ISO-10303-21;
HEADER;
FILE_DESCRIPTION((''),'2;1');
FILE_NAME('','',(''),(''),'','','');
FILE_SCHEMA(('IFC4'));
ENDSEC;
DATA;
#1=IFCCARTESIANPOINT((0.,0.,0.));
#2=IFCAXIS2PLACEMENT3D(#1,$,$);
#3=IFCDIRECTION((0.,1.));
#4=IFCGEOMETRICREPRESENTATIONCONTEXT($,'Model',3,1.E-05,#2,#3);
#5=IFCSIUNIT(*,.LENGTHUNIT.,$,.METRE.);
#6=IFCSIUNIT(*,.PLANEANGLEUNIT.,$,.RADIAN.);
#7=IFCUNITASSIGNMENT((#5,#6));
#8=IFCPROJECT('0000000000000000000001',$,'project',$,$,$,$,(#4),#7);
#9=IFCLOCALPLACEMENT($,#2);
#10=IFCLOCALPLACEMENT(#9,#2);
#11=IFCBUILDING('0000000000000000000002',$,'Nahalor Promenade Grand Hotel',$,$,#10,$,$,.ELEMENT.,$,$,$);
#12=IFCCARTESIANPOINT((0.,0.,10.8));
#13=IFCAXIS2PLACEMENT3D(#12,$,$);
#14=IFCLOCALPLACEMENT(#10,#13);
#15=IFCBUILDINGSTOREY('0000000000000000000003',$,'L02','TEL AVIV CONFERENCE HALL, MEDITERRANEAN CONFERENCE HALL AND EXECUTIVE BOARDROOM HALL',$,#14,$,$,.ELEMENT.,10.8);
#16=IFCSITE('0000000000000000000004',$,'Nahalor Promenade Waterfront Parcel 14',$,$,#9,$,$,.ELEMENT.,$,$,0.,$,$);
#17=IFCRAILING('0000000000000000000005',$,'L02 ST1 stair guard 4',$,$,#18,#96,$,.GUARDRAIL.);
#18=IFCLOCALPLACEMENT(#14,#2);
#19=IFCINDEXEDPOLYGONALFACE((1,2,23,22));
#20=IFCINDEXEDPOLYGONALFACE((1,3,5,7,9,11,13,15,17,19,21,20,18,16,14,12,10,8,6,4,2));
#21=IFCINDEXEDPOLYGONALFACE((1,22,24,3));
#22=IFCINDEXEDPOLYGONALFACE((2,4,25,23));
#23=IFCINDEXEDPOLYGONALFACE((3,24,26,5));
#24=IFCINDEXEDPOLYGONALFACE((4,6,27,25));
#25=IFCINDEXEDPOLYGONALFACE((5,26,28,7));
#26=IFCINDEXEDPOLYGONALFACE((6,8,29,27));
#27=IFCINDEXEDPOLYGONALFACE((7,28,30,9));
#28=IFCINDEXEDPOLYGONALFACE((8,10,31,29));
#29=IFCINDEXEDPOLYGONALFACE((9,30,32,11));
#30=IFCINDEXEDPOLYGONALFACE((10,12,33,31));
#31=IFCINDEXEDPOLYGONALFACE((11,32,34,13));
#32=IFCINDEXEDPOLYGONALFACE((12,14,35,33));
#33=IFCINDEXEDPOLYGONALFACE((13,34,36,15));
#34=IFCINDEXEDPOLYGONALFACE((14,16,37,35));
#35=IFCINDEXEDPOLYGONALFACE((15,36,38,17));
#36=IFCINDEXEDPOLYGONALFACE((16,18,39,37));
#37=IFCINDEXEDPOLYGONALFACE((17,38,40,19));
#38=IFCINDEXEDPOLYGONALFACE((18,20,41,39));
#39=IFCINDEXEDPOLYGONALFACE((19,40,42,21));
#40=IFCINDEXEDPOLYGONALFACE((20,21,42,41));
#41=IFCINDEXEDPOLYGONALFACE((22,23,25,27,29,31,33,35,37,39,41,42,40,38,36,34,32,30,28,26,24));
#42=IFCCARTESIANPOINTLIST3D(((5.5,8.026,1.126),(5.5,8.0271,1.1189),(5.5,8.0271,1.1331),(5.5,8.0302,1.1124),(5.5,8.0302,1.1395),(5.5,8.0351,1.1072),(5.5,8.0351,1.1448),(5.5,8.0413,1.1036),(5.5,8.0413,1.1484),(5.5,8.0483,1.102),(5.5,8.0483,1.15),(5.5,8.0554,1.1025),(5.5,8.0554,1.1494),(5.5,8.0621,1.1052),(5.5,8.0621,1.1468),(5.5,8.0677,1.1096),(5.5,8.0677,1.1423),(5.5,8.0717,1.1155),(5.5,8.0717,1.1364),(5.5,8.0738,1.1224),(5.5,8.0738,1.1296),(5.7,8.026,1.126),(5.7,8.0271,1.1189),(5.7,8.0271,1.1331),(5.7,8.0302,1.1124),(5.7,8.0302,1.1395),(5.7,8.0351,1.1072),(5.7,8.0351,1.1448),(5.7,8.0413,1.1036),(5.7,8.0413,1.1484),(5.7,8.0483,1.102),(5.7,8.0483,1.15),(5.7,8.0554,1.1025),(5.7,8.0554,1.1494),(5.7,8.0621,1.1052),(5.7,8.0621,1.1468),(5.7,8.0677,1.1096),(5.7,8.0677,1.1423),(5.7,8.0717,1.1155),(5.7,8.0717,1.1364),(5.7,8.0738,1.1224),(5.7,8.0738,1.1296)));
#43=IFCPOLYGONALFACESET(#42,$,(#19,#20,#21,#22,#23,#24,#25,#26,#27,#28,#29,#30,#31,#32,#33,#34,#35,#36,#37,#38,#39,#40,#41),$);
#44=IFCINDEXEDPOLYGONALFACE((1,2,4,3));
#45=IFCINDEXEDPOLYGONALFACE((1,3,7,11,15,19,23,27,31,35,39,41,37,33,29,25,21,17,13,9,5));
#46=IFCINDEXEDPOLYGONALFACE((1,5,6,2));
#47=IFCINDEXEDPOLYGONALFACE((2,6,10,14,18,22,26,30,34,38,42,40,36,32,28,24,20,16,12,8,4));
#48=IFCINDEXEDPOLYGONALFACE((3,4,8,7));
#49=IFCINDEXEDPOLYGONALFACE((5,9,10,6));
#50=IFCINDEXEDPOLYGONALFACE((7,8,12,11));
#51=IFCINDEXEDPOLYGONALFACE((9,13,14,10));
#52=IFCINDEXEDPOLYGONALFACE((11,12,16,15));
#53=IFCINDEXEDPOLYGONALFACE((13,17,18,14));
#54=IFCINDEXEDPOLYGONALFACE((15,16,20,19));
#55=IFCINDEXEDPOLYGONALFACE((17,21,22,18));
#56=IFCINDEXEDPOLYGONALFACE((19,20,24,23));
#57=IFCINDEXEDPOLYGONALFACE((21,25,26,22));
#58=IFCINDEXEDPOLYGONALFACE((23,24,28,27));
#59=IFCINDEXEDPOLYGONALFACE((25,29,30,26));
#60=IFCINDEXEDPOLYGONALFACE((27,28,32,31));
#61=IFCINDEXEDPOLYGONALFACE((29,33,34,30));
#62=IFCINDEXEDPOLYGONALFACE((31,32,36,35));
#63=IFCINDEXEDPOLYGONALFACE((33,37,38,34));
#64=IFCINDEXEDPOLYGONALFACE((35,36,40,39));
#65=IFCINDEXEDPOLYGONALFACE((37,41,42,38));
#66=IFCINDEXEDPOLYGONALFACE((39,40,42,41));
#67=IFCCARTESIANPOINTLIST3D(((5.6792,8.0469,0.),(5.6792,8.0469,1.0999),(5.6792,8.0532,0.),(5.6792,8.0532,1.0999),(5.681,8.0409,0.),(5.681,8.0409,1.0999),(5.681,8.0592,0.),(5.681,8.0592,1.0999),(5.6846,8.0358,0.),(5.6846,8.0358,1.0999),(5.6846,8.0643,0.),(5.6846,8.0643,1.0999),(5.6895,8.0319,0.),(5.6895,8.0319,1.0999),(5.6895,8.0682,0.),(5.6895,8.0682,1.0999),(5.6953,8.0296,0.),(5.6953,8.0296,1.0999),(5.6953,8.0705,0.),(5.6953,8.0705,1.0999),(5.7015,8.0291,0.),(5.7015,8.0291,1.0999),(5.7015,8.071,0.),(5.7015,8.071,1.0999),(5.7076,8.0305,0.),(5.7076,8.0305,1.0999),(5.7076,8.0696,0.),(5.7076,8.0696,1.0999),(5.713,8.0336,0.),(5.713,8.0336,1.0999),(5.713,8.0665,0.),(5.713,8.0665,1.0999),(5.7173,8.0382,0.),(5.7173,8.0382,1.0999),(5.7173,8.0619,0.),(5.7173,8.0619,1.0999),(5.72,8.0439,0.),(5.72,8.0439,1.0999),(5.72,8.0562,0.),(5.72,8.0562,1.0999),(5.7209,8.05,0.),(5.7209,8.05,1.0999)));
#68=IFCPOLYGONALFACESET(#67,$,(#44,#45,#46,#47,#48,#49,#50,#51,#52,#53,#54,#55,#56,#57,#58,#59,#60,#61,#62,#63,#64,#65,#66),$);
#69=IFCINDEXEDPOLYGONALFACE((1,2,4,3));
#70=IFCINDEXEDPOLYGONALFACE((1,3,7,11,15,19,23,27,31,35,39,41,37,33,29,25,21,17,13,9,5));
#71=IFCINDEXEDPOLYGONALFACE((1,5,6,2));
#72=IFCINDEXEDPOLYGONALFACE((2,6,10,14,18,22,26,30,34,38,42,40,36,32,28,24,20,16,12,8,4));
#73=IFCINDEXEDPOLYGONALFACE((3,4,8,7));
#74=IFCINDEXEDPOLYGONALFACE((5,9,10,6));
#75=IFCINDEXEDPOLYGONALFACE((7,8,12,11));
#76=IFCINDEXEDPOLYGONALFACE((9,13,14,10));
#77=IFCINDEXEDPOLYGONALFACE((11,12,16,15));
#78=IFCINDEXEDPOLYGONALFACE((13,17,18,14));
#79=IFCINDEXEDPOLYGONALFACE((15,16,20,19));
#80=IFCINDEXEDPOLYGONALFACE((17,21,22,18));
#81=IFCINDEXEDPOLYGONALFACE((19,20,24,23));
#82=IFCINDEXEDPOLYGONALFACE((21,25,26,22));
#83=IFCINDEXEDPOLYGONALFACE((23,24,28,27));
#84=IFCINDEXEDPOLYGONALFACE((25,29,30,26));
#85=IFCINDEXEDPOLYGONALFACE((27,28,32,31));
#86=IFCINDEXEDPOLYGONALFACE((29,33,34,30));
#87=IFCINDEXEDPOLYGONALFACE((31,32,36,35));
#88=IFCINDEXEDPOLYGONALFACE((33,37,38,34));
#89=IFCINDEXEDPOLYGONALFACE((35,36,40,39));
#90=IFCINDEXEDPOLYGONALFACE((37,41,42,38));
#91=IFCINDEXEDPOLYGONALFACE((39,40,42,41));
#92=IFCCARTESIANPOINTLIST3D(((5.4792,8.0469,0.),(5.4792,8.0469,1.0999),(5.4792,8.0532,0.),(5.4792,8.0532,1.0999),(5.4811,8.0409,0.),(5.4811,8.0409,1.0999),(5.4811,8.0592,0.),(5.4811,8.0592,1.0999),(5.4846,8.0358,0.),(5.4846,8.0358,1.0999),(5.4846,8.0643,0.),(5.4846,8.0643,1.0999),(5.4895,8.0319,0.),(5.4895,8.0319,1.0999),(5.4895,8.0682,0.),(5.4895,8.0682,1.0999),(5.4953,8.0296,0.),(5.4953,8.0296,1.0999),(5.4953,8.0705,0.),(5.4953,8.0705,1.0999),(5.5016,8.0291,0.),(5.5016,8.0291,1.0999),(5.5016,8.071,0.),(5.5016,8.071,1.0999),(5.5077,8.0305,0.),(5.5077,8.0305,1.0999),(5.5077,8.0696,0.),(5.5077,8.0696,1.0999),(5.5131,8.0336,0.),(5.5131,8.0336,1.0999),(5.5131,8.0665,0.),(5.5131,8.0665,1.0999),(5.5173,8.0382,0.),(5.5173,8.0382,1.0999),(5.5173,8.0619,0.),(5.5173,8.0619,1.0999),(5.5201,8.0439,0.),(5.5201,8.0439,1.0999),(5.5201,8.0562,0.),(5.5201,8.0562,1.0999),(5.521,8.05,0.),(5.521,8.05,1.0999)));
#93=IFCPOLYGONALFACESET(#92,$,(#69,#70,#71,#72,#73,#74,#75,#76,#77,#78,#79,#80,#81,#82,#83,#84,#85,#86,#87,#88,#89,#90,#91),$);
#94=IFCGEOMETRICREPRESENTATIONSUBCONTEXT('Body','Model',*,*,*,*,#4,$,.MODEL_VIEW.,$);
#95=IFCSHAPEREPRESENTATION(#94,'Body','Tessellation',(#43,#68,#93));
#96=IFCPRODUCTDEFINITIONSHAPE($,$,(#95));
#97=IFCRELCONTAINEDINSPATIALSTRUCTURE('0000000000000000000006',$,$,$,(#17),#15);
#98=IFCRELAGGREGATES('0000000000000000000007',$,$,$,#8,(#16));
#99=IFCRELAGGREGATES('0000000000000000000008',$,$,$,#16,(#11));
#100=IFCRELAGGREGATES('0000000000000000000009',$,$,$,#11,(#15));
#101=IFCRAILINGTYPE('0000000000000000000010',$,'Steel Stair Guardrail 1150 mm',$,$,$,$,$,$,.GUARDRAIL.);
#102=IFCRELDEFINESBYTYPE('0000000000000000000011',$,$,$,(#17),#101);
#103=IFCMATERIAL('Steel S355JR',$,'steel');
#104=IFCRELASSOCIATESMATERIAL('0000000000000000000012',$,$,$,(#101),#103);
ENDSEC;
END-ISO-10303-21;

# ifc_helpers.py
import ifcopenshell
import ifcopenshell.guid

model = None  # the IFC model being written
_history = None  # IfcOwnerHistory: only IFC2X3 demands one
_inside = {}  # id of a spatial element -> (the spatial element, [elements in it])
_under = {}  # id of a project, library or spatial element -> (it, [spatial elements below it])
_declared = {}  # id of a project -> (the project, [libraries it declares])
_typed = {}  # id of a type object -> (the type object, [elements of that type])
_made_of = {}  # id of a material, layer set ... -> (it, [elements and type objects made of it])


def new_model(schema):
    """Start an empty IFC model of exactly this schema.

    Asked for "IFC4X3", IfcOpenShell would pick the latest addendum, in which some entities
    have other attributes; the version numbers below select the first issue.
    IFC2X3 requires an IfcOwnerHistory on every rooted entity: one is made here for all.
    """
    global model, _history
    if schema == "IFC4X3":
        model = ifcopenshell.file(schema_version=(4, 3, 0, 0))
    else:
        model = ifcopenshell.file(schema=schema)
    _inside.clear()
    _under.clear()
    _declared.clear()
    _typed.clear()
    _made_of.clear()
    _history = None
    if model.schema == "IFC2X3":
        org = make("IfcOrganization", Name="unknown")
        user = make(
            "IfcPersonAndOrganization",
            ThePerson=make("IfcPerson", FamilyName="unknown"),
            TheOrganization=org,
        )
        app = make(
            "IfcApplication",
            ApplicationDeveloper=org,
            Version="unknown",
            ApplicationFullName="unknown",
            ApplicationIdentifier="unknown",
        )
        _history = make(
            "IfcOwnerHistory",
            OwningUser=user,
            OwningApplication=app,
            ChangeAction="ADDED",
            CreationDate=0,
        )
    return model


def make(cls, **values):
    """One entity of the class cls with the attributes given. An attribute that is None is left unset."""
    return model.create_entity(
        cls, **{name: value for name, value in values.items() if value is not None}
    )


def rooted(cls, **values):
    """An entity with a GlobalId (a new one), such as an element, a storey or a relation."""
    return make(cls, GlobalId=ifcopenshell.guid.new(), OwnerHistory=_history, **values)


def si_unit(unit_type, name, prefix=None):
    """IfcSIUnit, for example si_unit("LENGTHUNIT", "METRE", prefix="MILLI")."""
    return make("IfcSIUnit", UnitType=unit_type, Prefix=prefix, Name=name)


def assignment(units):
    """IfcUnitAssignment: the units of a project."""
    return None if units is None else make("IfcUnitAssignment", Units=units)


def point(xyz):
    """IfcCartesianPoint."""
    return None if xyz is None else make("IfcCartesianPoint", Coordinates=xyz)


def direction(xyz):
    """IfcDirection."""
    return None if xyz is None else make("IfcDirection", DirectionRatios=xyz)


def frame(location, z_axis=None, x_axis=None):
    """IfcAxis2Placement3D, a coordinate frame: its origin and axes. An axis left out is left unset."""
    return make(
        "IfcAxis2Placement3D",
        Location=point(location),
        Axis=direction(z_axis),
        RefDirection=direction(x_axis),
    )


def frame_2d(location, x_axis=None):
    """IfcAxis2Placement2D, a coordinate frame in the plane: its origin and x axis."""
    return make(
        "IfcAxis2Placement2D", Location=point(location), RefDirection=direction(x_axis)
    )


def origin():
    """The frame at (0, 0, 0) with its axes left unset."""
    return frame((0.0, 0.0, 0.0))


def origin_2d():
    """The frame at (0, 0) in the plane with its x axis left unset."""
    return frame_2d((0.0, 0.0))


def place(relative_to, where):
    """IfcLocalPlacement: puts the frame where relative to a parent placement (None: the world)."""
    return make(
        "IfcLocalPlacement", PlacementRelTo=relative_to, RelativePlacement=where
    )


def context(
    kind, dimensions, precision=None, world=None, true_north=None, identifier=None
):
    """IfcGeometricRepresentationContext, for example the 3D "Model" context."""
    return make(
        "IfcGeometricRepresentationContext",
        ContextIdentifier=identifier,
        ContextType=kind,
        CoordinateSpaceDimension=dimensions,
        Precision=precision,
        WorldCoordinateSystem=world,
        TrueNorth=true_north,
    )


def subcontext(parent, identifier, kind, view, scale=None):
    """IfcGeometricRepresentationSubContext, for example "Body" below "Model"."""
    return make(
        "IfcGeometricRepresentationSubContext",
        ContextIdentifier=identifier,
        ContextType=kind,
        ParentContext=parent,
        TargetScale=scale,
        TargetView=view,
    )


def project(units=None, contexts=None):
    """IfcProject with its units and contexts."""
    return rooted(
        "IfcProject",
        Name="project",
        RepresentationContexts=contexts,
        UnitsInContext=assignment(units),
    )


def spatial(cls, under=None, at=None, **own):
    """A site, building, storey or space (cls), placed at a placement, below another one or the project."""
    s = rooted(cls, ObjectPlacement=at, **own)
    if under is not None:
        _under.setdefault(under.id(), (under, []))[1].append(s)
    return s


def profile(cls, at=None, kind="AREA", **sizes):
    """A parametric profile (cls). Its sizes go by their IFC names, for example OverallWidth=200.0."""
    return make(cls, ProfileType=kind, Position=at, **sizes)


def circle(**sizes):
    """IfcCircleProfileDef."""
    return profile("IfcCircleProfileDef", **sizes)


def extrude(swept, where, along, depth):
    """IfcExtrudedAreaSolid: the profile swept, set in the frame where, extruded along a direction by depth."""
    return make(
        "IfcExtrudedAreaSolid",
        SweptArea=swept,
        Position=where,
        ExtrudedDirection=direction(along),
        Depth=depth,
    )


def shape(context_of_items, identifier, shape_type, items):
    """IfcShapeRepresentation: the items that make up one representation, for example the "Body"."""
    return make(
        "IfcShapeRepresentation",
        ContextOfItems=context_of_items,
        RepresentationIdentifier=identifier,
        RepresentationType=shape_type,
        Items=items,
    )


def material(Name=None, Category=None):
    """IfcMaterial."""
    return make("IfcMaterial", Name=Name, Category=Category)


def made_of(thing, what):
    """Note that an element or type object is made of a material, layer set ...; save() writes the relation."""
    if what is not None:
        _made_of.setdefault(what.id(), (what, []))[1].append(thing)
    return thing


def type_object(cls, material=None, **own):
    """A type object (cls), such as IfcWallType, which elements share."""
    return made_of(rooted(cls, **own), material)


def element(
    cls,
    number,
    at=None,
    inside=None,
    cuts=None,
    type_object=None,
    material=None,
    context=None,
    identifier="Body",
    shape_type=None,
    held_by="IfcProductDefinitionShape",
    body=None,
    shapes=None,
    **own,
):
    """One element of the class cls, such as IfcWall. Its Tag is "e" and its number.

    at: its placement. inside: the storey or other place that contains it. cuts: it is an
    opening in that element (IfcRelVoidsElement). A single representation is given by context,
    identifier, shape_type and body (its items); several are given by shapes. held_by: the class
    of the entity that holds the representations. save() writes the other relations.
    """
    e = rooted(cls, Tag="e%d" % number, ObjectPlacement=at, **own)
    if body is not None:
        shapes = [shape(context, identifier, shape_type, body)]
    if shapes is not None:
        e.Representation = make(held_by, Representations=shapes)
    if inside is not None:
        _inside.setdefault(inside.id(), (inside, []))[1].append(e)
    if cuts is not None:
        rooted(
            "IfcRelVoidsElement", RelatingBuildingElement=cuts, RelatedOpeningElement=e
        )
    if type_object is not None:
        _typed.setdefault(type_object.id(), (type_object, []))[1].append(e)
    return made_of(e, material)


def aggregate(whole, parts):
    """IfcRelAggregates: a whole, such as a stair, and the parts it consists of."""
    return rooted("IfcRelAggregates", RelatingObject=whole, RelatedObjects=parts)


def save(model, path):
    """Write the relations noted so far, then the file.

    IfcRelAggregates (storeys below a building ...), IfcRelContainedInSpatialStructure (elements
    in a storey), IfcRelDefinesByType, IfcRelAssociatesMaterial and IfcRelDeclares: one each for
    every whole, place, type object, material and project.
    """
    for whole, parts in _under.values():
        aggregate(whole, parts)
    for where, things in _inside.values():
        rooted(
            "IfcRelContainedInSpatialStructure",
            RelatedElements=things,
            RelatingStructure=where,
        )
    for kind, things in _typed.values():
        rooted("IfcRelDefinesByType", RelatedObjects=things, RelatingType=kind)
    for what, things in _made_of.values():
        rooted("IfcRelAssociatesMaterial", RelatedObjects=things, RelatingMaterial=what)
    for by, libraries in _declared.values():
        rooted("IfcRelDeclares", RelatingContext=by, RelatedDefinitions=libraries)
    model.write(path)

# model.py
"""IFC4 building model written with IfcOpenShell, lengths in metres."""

from ifc_helpers import new_model, si_unit, direction, frame, origin, origin_2d, place, context, subcontext, project, spatial, circle, extrude, material, type_object, element, save


model = new_model("IFC4")

# Units and contexts
model_context = context("Model", 3, precision=1e-05, world=origin(), true_north=direction((0.0, 1.0)))
body_context = subcontext(model_context, "Body", "Model", "MODEL_VIEW")
ifc_project = project(units=[si_unit("LENGTHUNIT", "METRE"), si_unit("PLANEANGLEUNIT", "RADIAN")], contexts=[model_context])

# Site, building, storey
site_placement = place(None, origin())
site = spatial("IfcSite", under=ifc_project, at=site_placement, Name="Nahalor Promenade Waterfront Parcel 14", CompositionType="ELEMENT", RefElevation=0.0)
building_placement = place(site_placement, origin())
building = spatial("IfcBuilding", under=site, at=building_placement, Name="Nahalor Promenade Grand Hotel", CompositionType="ELEMENT")
storey_placement = place(building_placement, frame((0.0, 0.0, 10.8)))
storey = spatial("IfcBuildingStorey", under=building, at=storey_placement, Name="L02", Description="TEL AVIV CONFERENCE HALL, MEDITERRANEAN CONFERENCE HALL AND EXECUTIVE BOARDROOM HALL", CompositionType="ELEMENT", Elevation=10.8)

# Shared definitions
ifc_material_1 = material(Name="Steel S355JR", Category="steel")

# Railing
railing_type = type_object("IfcRailingType", Name="Steel Stair Guardrail 1150 mm", PredefinedType="GUARDRAIL", material=ifc_material_1)
railing_1_placement = place(storey_placement, frame((5.7, 8.05, 0.0)))
element("IfcRailing", 1, at=railing_1_placement, inside=storey, type_object=railing_type, Name="L02 ST1 stair guard 4", PredefinedType="GUARDRAIL", context=body_context, shape_type="SweptSolid", body=[
    extrude(circle(Radius=0.024, at=origin_2d()), frame((0.0, 0.0, 1.126), z_axis=(-1.0, 0.0, 0.0), x_axis=(0.0, -1.0, 0.0)), (0.0, 0.0, 1.0), 0.2),
    extrude(circle(Radius=0.021, at=origin_2d()), origin(), (0.0, 0.0, 1.0), 1.0999),
    extrude(circle(Radius=0.021, at=origin_2d()), frame((-0.2, 0.0, 0.0)), (0.0, 0.0, 1.0), 1.0999),
])

save(model, "model.ifc")
